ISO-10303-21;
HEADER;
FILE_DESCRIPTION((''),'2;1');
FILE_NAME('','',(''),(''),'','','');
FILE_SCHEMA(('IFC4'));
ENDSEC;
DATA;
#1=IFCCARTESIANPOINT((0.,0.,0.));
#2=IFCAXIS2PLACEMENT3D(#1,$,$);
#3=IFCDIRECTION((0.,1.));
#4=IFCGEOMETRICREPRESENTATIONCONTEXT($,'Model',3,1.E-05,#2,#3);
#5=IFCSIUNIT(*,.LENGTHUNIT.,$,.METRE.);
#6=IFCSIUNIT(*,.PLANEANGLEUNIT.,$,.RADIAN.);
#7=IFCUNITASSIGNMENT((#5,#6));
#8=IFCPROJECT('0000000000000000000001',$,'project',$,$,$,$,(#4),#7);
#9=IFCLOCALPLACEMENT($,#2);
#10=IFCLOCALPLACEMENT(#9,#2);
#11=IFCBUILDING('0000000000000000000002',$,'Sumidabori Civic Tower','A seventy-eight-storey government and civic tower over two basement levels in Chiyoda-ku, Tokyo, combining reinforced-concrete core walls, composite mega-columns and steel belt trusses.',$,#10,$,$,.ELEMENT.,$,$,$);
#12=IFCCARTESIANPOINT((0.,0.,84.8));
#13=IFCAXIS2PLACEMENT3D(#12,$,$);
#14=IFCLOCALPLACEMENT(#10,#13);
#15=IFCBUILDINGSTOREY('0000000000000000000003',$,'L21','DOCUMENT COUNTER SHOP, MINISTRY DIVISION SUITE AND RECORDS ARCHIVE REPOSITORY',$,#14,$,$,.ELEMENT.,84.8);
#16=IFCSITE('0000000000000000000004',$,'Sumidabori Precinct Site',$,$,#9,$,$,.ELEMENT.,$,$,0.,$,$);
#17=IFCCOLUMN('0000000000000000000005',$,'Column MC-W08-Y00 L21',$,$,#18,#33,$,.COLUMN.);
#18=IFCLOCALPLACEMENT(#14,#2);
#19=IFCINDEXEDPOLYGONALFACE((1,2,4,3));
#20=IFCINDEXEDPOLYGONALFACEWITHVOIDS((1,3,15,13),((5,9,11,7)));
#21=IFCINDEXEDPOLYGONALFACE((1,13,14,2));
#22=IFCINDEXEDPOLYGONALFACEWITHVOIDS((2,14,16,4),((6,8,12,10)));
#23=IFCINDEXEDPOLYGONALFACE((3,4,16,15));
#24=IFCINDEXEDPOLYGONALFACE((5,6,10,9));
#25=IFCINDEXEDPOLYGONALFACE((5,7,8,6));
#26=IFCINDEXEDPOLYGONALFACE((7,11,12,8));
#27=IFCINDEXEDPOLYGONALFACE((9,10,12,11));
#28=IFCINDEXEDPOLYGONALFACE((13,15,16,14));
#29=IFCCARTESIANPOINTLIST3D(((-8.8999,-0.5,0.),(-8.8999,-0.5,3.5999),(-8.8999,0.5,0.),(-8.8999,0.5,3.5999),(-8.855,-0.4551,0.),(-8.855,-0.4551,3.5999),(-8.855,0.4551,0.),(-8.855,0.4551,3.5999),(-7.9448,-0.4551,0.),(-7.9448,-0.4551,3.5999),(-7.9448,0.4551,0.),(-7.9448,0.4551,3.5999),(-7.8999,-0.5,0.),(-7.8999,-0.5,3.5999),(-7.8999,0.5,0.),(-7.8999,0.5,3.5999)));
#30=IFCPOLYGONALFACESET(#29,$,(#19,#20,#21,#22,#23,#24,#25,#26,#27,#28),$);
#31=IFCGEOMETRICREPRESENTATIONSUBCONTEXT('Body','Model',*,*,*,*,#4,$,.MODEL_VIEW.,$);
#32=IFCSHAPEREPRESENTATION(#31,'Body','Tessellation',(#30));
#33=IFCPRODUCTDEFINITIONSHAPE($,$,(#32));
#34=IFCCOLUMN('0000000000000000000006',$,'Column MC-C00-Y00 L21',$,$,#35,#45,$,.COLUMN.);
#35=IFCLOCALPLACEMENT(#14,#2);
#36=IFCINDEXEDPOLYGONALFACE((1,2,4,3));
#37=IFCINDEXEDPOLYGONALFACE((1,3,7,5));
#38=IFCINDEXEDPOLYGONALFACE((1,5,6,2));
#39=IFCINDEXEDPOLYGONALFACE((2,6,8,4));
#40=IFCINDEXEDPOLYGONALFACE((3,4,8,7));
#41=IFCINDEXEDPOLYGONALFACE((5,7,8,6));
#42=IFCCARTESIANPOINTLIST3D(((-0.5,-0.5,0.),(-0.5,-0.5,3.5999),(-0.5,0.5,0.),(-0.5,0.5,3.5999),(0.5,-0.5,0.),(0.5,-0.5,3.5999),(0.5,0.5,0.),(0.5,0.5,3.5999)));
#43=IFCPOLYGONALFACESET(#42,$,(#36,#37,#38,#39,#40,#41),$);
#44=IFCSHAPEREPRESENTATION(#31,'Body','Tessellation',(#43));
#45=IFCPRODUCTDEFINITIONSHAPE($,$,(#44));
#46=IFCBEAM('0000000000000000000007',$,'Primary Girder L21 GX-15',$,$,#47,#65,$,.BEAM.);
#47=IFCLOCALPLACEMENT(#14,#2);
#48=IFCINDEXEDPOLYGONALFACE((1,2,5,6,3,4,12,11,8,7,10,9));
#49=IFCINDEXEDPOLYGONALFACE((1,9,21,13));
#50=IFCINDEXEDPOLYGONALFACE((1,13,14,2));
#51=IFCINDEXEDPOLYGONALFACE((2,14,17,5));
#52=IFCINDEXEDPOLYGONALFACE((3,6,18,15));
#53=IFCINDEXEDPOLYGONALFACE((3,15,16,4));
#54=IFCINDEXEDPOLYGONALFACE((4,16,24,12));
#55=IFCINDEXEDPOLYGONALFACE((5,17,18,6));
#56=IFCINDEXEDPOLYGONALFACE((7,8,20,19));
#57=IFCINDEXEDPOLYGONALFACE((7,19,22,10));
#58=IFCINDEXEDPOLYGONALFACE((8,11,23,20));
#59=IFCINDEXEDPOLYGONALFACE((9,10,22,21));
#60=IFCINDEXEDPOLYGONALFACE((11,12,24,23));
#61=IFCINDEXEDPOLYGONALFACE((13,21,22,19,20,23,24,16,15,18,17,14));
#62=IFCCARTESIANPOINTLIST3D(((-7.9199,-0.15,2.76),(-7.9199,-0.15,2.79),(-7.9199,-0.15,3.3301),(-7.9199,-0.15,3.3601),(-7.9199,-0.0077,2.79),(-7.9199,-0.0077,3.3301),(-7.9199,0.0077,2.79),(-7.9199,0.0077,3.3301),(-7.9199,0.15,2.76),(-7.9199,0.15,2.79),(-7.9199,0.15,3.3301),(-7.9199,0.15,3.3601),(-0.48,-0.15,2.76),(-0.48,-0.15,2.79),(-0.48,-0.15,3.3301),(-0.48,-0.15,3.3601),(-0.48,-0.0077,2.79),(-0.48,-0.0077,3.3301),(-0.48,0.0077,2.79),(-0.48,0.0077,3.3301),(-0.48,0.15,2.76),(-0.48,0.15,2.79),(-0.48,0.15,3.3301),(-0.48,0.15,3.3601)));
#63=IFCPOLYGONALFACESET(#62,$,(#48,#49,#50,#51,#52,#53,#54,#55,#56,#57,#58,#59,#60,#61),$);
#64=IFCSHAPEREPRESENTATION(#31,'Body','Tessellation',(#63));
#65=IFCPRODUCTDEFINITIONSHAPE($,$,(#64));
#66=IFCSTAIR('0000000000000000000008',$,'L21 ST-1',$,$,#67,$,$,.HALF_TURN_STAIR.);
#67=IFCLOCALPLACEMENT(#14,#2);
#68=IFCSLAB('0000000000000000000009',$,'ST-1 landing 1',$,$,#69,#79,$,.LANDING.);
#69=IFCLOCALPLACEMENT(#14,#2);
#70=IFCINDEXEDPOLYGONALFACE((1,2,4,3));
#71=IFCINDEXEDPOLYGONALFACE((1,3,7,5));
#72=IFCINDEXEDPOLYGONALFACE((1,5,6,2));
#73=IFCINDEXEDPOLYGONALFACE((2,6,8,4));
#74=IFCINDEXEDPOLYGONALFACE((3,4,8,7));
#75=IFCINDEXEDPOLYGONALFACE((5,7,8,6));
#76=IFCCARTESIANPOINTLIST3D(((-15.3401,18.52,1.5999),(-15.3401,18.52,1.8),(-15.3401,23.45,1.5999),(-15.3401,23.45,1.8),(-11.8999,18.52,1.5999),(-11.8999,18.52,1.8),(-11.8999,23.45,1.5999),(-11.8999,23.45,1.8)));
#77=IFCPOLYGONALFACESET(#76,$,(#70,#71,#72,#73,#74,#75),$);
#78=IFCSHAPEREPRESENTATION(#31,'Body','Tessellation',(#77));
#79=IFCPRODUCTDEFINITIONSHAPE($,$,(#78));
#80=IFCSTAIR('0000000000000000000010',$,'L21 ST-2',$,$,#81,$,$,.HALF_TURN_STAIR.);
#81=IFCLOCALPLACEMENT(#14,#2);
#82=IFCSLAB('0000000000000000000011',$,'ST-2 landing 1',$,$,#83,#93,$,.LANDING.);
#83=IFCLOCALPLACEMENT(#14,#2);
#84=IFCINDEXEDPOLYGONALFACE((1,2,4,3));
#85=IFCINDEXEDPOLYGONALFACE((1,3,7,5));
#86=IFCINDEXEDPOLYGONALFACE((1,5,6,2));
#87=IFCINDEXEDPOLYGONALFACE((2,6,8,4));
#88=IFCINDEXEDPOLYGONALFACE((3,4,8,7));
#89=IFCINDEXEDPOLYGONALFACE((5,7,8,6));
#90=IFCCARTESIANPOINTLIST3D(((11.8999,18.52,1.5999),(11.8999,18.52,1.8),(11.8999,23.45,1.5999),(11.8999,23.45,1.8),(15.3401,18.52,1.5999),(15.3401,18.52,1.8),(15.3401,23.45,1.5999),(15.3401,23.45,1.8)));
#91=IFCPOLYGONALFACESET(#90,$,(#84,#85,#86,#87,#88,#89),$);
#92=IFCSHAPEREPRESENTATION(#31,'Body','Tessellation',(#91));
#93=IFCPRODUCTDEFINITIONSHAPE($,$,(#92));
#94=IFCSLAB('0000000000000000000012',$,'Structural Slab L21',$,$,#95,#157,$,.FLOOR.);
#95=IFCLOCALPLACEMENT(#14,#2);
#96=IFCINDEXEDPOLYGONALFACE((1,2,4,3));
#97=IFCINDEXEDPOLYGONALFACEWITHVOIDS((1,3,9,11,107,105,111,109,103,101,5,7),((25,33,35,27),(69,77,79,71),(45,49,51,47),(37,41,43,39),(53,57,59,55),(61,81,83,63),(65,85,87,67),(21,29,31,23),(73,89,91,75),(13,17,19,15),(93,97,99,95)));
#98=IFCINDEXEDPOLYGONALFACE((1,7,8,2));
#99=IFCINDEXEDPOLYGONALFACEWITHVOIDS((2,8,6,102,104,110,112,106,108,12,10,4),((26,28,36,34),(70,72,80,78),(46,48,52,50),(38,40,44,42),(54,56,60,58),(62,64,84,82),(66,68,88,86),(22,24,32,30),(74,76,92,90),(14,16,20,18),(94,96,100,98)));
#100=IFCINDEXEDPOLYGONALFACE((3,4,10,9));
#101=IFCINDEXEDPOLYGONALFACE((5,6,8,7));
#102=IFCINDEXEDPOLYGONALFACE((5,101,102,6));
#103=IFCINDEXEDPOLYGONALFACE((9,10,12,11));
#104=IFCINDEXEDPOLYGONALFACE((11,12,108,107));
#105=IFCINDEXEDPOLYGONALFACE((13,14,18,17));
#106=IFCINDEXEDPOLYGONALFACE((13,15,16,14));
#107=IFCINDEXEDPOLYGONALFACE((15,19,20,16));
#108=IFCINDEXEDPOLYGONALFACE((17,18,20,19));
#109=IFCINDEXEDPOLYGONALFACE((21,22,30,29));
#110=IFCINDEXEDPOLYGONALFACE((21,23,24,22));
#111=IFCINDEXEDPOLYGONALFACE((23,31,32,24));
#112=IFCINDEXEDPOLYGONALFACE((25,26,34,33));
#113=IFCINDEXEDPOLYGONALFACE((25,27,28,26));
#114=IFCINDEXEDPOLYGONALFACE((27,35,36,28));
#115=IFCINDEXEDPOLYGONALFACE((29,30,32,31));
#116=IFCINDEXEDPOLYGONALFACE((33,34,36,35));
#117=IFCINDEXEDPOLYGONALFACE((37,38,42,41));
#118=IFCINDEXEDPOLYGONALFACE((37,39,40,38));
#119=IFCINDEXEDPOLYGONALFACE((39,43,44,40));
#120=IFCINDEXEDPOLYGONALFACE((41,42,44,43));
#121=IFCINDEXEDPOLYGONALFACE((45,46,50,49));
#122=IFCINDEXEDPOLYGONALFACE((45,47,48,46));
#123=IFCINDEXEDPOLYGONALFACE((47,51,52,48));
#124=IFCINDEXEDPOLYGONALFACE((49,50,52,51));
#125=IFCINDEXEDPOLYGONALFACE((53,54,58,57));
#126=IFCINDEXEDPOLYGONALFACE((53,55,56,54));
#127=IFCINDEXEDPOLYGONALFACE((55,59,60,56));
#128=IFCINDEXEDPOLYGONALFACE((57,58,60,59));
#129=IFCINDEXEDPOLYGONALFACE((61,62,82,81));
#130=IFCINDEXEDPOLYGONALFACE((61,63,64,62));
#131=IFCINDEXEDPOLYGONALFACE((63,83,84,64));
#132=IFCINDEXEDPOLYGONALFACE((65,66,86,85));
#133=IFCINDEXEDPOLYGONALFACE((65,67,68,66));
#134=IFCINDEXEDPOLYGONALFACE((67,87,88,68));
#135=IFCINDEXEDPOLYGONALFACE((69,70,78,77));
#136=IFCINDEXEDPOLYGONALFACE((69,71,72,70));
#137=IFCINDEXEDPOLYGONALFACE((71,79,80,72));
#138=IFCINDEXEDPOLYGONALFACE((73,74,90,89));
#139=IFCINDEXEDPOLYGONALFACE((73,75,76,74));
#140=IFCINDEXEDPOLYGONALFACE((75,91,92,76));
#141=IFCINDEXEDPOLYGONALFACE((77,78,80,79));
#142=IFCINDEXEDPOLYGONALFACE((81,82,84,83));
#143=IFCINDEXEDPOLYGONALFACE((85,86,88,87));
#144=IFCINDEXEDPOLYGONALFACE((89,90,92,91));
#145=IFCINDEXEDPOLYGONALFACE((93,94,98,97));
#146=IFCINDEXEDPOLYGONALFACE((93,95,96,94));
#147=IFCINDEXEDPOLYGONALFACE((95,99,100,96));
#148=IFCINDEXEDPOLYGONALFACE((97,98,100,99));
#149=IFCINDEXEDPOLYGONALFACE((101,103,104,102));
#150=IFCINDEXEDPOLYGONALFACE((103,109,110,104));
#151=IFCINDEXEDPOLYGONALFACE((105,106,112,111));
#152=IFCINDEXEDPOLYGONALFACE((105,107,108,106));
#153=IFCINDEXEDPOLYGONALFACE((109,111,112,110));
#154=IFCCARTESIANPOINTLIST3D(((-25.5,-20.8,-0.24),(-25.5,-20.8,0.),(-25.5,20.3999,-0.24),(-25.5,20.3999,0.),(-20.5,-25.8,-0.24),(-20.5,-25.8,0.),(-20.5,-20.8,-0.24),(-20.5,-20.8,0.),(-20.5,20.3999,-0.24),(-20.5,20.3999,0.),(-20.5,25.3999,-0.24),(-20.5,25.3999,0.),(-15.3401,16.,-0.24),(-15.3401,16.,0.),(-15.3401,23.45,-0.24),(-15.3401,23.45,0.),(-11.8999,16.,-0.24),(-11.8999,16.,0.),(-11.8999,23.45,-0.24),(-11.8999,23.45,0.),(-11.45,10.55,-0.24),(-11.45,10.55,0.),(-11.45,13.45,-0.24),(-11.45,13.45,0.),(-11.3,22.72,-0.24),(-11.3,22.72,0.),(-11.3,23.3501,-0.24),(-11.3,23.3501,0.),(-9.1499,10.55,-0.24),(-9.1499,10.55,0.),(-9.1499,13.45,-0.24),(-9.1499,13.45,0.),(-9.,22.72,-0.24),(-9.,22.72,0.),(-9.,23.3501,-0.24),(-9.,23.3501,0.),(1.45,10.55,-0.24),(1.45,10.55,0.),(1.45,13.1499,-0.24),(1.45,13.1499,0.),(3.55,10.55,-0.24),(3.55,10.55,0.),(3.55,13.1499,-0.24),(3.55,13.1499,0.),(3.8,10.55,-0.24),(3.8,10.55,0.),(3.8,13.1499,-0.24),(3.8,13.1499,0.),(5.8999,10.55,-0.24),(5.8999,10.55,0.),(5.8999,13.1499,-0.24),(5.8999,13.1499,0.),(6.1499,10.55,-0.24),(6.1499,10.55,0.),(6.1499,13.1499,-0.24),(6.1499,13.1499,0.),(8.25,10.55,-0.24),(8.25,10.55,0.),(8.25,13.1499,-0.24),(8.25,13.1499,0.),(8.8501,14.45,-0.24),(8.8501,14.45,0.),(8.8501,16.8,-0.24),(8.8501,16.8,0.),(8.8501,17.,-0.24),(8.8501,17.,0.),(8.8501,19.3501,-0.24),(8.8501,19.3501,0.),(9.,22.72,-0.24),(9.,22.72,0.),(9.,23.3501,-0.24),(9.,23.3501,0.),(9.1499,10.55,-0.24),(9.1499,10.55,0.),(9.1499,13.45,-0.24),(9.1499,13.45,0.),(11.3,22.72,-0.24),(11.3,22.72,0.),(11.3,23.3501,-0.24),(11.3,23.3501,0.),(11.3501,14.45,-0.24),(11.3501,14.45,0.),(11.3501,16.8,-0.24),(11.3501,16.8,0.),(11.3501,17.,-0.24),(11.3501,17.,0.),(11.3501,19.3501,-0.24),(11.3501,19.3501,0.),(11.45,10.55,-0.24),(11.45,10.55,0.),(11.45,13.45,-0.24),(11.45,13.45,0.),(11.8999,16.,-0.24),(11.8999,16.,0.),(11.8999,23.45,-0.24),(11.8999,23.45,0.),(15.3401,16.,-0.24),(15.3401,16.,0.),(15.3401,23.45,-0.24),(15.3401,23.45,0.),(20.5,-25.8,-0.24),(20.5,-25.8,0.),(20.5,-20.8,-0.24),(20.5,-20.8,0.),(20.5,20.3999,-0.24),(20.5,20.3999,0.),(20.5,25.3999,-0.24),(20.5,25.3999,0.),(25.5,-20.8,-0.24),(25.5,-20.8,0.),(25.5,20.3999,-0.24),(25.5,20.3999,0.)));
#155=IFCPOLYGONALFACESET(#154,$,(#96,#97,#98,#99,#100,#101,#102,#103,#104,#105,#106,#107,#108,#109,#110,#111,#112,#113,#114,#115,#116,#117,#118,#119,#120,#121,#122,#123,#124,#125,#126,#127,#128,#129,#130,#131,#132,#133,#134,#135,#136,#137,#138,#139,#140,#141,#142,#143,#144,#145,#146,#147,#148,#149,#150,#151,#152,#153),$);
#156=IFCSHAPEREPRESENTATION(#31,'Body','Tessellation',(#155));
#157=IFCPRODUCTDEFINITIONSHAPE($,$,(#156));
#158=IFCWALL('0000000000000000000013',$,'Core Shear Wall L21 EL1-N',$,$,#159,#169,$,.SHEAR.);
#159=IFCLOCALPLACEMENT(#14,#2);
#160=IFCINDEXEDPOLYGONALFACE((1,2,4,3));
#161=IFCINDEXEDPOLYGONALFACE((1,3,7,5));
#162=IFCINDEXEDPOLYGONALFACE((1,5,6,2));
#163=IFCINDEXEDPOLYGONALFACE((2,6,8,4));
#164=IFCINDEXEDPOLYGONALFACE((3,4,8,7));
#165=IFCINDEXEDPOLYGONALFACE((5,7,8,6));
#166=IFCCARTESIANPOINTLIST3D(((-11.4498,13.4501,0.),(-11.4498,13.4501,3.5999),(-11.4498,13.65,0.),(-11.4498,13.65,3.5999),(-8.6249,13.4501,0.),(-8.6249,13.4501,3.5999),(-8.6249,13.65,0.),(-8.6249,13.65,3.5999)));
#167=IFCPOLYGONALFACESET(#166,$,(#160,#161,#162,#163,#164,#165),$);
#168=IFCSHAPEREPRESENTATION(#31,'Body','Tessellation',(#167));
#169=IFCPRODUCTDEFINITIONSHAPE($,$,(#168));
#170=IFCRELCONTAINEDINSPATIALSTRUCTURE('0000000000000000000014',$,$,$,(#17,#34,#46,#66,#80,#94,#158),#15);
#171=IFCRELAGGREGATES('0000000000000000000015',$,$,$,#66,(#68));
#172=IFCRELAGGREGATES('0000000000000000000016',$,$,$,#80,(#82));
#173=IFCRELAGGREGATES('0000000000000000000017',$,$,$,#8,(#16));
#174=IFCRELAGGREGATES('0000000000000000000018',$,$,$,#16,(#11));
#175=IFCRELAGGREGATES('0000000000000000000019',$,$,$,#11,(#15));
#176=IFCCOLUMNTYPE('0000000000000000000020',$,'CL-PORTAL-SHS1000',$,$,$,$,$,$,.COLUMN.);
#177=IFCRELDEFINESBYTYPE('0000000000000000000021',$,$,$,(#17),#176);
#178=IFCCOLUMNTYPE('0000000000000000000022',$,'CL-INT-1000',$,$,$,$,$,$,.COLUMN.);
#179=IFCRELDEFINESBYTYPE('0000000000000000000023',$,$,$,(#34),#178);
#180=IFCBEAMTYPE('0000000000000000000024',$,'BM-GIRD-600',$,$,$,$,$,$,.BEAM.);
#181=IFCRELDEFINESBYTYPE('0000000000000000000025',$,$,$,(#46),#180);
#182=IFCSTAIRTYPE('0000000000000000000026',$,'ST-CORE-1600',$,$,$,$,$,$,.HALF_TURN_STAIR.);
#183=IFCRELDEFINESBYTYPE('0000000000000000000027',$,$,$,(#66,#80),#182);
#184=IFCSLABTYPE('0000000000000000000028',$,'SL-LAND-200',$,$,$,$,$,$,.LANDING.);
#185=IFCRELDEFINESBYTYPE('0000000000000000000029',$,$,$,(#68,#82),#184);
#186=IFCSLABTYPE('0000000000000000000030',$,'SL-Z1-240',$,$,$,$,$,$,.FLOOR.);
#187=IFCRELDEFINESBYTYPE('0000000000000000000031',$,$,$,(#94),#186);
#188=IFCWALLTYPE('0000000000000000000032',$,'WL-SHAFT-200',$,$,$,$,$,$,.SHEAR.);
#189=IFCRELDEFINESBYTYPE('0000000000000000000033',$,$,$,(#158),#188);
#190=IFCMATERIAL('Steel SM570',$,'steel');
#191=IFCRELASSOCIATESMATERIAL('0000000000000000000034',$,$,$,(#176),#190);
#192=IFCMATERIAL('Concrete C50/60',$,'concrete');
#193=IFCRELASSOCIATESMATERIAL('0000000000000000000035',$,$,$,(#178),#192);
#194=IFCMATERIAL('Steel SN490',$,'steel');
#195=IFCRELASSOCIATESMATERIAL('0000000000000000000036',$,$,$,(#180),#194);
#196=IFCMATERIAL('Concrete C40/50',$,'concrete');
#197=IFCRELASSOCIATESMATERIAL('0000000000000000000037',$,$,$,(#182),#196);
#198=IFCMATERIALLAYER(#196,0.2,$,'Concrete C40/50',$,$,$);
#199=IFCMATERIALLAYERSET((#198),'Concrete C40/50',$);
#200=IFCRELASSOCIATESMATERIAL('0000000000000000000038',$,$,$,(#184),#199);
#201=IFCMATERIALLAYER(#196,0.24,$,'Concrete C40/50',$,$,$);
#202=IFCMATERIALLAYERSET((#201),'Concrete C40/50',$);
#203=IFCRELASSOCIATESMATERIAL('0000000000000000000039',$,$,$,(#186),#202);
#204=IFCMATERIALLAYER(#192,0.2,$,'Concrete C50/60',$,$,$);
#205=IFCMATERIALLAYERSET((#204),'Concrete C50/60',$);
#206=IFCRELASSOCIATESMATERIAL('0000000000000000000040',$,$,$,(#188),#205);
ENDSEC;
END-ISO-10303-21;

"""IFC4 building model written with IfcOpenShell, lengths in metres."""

from ifc_helpers import new_model, si_unit, direction, frame, frame_2d, origin, origin_with_axes, origin_2d, place, context, subcontext, project, spatial, polyline, rectangle, hollow_rectangle, i_section, outline, extrude, source, transform, mapped, material, layer, layer_set, material_profile, profile_set, type_object, element, aggregate, save


model = new_model("IFC4")

# Units and contexts
model_context = context("Model", 3, precision=1e-05, world=origin(), true_north=direction((0.0, 1.0)))
body_context = subcontext(model_context, "Body", "Model", "MODEL_VIEW")
ifc_project = project(units=[si_unit("LENGTHUNIT", "METRE"), si_unit("PLANEANGLEUNIT", "RADIAN")], contexts=[model_context])

# Site, building, storey
site_placement = place(None, origin())
site = spatial("IfcSite", under=ifc_project, at=site_placement, Name="Sumidabori Precinct Site", CompositionType="ELEMENT", RefElevation=0.0)
building_placement = place(site_placement, origin())
building = spatial("IfcBuilding", under=site, at=building_placement, Name="Sumidabori Civic Tower", Description="A seventy-eight-storey government and civic tower over two basement levels in Chiyoda-ku, Tokyo, combining reinforced-concrete core walls, composite mega-columns and steel belt trusses.", CompositionType="ELEMENT")
storey_placement = place(building_placement, frame((0.0, 0.0, 84.8)))
storey = spatial("IfcBuildingStorey", under=building, at=storey_placement, Name="L21", Description="DOCUMENT COUNTER SHOP, MINISTRY DIVISION SUITE AND RECORDS ARCHIVE REPOSITORY", CompositionType="ELEMENT", Elevation=84.8)

# Columns
ifc_material_1 = material(Name="Steel SM570", Category="steel")
ifc_material_profile_1 = material_profile(ifc_material_1, hollow_rectangle(XDim=1.0, YDim=1.0, WallThickness=0.0449, at=origin_2d()), Name="SHS 1000x1000x45")
ifc_profile_set_1 = profile_set([ifc_material_profile_1], Name="Steel SM570")
column_type_1 = type_object("IfcColumnType", Name="CL-PORTAL-SHS1000", PredefinedType="COLUMN", material=ifc_profile_set_1)
shared_shape_1 = source(origin(), body_context, "Body", "SweptSolid", [
    extrude(hollow_rectangle(XDim=1.0, YDim=1.0, WallThickness=0.0449, at=origin_2d()), origin(), (0.0, 0.0, 1.0), 3.5999),
])
column_1_placement = place(storey_placement, frame((-8.3999, 0.0, 0.0), z_axis=(0.0, 0.0, 1.0), x_axis=(1.0, 0.0, 0.0)))
element("IfcColumn", 1, at=column_1_placement, inside=storey, type_object=column_type_1, Name="Column MC-W08-Y00 L21", PredefinedType="COLUMN", context=body_context, shape_type="MappedRepresentation", body=[
    mapped(shared_shape_1, transform((0.0, 0.0, 0.0), x_axis=(1.0, 0.0, 0.0), y_axis=(0.0, 1.0, 0.0), z_axis=(0.0, 0.0, 1.0), scale=1.0)),
])
ifc_material_2 = material(Name="Concrete C50/60", Category="concrete")
ifc_material_profile_2 = material_profile(ifc_material_2, rectangle(XDim=1.0, YDim=1.0, at=origin_2d()), Name="RC 1000x1000")
ifc_profile_set_2 = profile_set([ifc_material_profile_2], Name="Concrete C50/60")
column_type_2 = type_object("IfcColumnType", Name="CL-INT-1000", PredefinedType="COLUMN", material=ifc_profile_set_2)
shared_shape_2 = source(origin(), body_context, "Body", "SweptSolid", [
    extrude(rectangle(XDim=1.0, YDim=1.0, at=origin_2d()), origin(), (0.0, 0.0, 1.0), 3.5999),
])
column_2_placement = place(storey_placement, origin_with_axes())
element("IfcColumn", 2, at=column_2_placement, inside=storey, type_object=column_type_2, Name="Column MC-C00-Y00 L21", PredefinedType="COLUMN", context=body_context, shape_type="MappedRepresentation", body=[
    mapped(shared_shape_2, transform((0.0, 0.0, 0.0), x_axis=(1.0, 0.0, 0.0), y_axis=(0.0, 1.0, 0.0), z_axis=(0.0, 0.0, 1.0), scale=1.0)),
])

# Beam
ifc_material_3 = material(Name="Steel SN490", Category="steel")
ifc_material_profile_3 = material_profile(ifc_material_3, i_section(OverallWidth=0.3, OverallDepth=0.6001, WebThickness=0.0154, FlangeThickness=0.03, at=origin_2d()), Name="HE 600 B")
ifc_profile_set_3 = profile_set([ifc_material_profile_3], Name="Steel SN490")
beam_type = type_object("IfcBeamType", Name="BM-GIRD-600", PredefinedType="BEAM", material=ifc_profile_set_3)
shared_shape_3 = source(origin(), body_context, "Body", "SweptSolid", [
    extrude(i_section(OverallWidth=0.3, OverallDepth=0.6001, WebThickness=0.0154, FlangeThickness=0.03, at=origin_2d()), origin(), (0.0, 0.0, 1.0), 7.4399),
])
beam_placement = place(storey_placement, frame((-7.9199, 0.0, 3.0601), z_axis=(1.0, 0.0, 0.0), x_axis=(0.0, 1.0, 0.0)))
element("IfcBeam", 3, at=beam_placement, inside=storey, type_object=beam_type, Name="Primary Girder L21 GX-15", PredefinedType="BEAM", context=body_context, shape_type="MappedRepresentation", body=[
    mapped(shared_shape_3, transform((0.0, 0.0, 0.0), x_axis=(1.0, 0.0, 0.0), y_axis=(0.0, 1.0, 0.0), z_axis=(0.0, 0.0, 1.0), scale=1.0)),
])

# Stairs, slabs
ifc_material_4 = material(Name="Concrete C40/50", Category="concrete")
stair_type = type_object("IfcStairType", Name="ST-CORE-1600", PredefinedType="HALF_TURN_STAIR", material=ifc_material_4)
stair_1_placement = place(storey_placement, origin())
stair_1 = element("IfcStair", 4, at=stair_1_placement, inside=storey, type_object=stair_type, Name="L21 ST-1", PredefinedType="HALF_TURN_STAIR")
ifc_layer_1 = layer(ifc_material_4, 0.2, Name="Concrete C40/50")
ifc_layer_set_1 = layer_set([ifc_layer_1], Name="Concrete C40/50")
slab_type_1 = type_object("IfcSlabType", Name="SL-LAND-200", PredefinedType="LANDING", material=ifc_layer_set_1)
slab_1_placement = place(storey_placement, frame((0.0, 0.0, 1.5999)))
slab_1 = element("IfcSlab", 5, at=slab_1_placement, type_object=slab_type_1, Name="ST-1 landing 1", PredefinedType="LANDING", context=body_context, shape_type="SweptSolid", body=[
    extrude(outline(polyline([(-11.8999, 18.52), (-11.8999, 23.45), (-15.3401, 23.45), (-15.3401, 18.52), (-11.8999, 18.52)])), origin(), (0.0, 0.0, 1.0), 0.2002),
])
aggregate(stair_1, [slab_1])
stair_2_placement = place(storey_placement, origin())
stair_2 = element("IfcStair", 6, at=stair_2_placement, inside=storey, type_object=stair_type, Name="L21 ST-2", PredefinedType="HALF_TURN_STAIR")
slab_2_placement = place(storey_placement, frame((0.0, 0.0, 1.5999)))
slab_2 = element("IfcSlab", 7, at=slab_2_placement, type_object=slab_type_1, Name="ST-2 landing 1", PredefinedType="LANDING", context=body_context, shape_type="SweptSolid", body=[
    extrude(outline(polyline([(15.3401, 18.52), (15.3401, 23.45), (11.8999, 23.45), (11.8999, 18.52), (15.3401, 18.52)])), origin(), (0.0, 0.0, 1.0), 0.2002),
])
aggregate(stair_2, [slab_2])

# Slab
ifc_layer_2 = layer(ifc_material_4, 0.24, Name="Concrete C40/50")
ifc_layer_set_2 = layer_set([ifc_layer_2], Name="Concrete C40/50")
slab_type_2 = type_object("IfcSlabType", Name="SL-Z1-240", PredefinedType="FLOOR", material=ifc_layer_set_2)
slab_3_placement = place(storey_placement, frame((0.0, 0.0, -0.24)))
element("IfcSlab", 8, at=slab_3_placement, inside=storey, type_object=slab_type_2, Name="Structural Slab L21", PredefinedType="FLOOR", context=body_context, shape_type="SweptSolid", body=[
    extrude(outline(polyline([(-20.5, -25.8), (20.5, -25.8), (20.5, -20.8), (25.5, -20.8), (25.5, 20.3999), (20.5, 20.3999), (20.5, 25.3999), (-20.5, 25.3999), (-20.5, 20.3999), (-25.5, 20.3999), (-25.5, -20.8), (-20.5, -20.8), (-20.5, -25.8)]), holes=[polyline([(-11.8999, 16.0), (-11.8999, 23.45), (-15.3401, 23.45), (-15.3401, 16.0), (-11.8999, 16.0)]), polyline([(15.3401, 16.0), (15.3401, 23.45), (11.8999, 23.45), (11.8999, 16.0), (15.3401, 16.0)]), polyline([(-11.45, 10.55), (-9.1499, 10.55), (-9.1499, 13.45), (-11.45, 13.45), (-11.45, 10.55)]), polyline([(9.1499, 10.55), (11.45, 10.55), (11.45, 13.45), (9.1499, 13.45), (9.1499, 10.55)]), polyline([(1.45, 10.55), (3.55, 10.55), (3.55, 13.1499), (1.45, 13.1499), (1.45, 10.55)]), polyline([(3.8, 10.55), (5.8999, 10.55), (5.8999, 13.1499), (3.8, 13.1499), (3.8, 10.55)]), polyline([(6.1499, 10.55), (8.25, 10.55), (8.25, 13.1499), (6.1499, 13.1499), (6.1499, 10.55)]), polyline([(8.8501, 14.45), (11.3501, 14.45), (11.3501, 16.8), (8.8501, 16.8), (8.8501, 14.45)]), polyline([(8.8501, 17.0), (11.3501, 17.0), (11.3501, 19.3501), (8.8501, 19.3501), (8.8501, 17.0)]), polyline([(-11.3, 22.72), (-9.0, 22.72), (-9.0, 23.3501), (-11.3, 23.3501), (-11.3, 22.72)]), polyline([(9.0, 22.72), (11.3, 22.72), (11.3, 23.3501), (9.0, 23.3501), (9.0, 22.72)])]), origin(), (0.0, 0.0, 1.0), 0.24),
])

# Wall
ifc_layer_3 = layer(ifc_material_2, 0.2, Name="Concrete C50/60")
ifc_layer_set_3 = layer_set([ifc_layer_3], Name="Concrete C50/60")
wall_type_1 = type_object("IfcWallType", Name="WL-SHAFT-200", PredefinedType="SHEAR", material=ifc_layer_set_3)
shared_shape_4 = source(origin(), body_context, "Body", "SweptSolid", [
    extrude(rectangle(XDim=2.825, YDim=0.2, at=frame_2d((1.4126, 0.0))), origin(), (0.0, 0.0, 1.0), 3.5999),
])
wall_1_placement = place(storey_placement, frame((-11.45, 13.55, 0.0), z_axis=(0.0, 0.0, 1.0), x_axis=(1.0, 0.0, 0.0)))
element("IfcWall", 9, at=wall_1_placement, inside=storey, type_object=wall_type_1, Name="Core Shear Wall L21 EL1-N", PredefinedType="SHEAR", context=body_context, shape_type="MappedRepresentation", body=[
    mapped(shared_shape_4, transform((0.0, 0.0, 0.0), x_axis=(1.0, 0.0, 0.0), y_axis=(0.0, 1.0, 0.0), z_axis=(0.0, 0.0, 1.0), scale=1.0)),
])

save(model, "model.ifc")
